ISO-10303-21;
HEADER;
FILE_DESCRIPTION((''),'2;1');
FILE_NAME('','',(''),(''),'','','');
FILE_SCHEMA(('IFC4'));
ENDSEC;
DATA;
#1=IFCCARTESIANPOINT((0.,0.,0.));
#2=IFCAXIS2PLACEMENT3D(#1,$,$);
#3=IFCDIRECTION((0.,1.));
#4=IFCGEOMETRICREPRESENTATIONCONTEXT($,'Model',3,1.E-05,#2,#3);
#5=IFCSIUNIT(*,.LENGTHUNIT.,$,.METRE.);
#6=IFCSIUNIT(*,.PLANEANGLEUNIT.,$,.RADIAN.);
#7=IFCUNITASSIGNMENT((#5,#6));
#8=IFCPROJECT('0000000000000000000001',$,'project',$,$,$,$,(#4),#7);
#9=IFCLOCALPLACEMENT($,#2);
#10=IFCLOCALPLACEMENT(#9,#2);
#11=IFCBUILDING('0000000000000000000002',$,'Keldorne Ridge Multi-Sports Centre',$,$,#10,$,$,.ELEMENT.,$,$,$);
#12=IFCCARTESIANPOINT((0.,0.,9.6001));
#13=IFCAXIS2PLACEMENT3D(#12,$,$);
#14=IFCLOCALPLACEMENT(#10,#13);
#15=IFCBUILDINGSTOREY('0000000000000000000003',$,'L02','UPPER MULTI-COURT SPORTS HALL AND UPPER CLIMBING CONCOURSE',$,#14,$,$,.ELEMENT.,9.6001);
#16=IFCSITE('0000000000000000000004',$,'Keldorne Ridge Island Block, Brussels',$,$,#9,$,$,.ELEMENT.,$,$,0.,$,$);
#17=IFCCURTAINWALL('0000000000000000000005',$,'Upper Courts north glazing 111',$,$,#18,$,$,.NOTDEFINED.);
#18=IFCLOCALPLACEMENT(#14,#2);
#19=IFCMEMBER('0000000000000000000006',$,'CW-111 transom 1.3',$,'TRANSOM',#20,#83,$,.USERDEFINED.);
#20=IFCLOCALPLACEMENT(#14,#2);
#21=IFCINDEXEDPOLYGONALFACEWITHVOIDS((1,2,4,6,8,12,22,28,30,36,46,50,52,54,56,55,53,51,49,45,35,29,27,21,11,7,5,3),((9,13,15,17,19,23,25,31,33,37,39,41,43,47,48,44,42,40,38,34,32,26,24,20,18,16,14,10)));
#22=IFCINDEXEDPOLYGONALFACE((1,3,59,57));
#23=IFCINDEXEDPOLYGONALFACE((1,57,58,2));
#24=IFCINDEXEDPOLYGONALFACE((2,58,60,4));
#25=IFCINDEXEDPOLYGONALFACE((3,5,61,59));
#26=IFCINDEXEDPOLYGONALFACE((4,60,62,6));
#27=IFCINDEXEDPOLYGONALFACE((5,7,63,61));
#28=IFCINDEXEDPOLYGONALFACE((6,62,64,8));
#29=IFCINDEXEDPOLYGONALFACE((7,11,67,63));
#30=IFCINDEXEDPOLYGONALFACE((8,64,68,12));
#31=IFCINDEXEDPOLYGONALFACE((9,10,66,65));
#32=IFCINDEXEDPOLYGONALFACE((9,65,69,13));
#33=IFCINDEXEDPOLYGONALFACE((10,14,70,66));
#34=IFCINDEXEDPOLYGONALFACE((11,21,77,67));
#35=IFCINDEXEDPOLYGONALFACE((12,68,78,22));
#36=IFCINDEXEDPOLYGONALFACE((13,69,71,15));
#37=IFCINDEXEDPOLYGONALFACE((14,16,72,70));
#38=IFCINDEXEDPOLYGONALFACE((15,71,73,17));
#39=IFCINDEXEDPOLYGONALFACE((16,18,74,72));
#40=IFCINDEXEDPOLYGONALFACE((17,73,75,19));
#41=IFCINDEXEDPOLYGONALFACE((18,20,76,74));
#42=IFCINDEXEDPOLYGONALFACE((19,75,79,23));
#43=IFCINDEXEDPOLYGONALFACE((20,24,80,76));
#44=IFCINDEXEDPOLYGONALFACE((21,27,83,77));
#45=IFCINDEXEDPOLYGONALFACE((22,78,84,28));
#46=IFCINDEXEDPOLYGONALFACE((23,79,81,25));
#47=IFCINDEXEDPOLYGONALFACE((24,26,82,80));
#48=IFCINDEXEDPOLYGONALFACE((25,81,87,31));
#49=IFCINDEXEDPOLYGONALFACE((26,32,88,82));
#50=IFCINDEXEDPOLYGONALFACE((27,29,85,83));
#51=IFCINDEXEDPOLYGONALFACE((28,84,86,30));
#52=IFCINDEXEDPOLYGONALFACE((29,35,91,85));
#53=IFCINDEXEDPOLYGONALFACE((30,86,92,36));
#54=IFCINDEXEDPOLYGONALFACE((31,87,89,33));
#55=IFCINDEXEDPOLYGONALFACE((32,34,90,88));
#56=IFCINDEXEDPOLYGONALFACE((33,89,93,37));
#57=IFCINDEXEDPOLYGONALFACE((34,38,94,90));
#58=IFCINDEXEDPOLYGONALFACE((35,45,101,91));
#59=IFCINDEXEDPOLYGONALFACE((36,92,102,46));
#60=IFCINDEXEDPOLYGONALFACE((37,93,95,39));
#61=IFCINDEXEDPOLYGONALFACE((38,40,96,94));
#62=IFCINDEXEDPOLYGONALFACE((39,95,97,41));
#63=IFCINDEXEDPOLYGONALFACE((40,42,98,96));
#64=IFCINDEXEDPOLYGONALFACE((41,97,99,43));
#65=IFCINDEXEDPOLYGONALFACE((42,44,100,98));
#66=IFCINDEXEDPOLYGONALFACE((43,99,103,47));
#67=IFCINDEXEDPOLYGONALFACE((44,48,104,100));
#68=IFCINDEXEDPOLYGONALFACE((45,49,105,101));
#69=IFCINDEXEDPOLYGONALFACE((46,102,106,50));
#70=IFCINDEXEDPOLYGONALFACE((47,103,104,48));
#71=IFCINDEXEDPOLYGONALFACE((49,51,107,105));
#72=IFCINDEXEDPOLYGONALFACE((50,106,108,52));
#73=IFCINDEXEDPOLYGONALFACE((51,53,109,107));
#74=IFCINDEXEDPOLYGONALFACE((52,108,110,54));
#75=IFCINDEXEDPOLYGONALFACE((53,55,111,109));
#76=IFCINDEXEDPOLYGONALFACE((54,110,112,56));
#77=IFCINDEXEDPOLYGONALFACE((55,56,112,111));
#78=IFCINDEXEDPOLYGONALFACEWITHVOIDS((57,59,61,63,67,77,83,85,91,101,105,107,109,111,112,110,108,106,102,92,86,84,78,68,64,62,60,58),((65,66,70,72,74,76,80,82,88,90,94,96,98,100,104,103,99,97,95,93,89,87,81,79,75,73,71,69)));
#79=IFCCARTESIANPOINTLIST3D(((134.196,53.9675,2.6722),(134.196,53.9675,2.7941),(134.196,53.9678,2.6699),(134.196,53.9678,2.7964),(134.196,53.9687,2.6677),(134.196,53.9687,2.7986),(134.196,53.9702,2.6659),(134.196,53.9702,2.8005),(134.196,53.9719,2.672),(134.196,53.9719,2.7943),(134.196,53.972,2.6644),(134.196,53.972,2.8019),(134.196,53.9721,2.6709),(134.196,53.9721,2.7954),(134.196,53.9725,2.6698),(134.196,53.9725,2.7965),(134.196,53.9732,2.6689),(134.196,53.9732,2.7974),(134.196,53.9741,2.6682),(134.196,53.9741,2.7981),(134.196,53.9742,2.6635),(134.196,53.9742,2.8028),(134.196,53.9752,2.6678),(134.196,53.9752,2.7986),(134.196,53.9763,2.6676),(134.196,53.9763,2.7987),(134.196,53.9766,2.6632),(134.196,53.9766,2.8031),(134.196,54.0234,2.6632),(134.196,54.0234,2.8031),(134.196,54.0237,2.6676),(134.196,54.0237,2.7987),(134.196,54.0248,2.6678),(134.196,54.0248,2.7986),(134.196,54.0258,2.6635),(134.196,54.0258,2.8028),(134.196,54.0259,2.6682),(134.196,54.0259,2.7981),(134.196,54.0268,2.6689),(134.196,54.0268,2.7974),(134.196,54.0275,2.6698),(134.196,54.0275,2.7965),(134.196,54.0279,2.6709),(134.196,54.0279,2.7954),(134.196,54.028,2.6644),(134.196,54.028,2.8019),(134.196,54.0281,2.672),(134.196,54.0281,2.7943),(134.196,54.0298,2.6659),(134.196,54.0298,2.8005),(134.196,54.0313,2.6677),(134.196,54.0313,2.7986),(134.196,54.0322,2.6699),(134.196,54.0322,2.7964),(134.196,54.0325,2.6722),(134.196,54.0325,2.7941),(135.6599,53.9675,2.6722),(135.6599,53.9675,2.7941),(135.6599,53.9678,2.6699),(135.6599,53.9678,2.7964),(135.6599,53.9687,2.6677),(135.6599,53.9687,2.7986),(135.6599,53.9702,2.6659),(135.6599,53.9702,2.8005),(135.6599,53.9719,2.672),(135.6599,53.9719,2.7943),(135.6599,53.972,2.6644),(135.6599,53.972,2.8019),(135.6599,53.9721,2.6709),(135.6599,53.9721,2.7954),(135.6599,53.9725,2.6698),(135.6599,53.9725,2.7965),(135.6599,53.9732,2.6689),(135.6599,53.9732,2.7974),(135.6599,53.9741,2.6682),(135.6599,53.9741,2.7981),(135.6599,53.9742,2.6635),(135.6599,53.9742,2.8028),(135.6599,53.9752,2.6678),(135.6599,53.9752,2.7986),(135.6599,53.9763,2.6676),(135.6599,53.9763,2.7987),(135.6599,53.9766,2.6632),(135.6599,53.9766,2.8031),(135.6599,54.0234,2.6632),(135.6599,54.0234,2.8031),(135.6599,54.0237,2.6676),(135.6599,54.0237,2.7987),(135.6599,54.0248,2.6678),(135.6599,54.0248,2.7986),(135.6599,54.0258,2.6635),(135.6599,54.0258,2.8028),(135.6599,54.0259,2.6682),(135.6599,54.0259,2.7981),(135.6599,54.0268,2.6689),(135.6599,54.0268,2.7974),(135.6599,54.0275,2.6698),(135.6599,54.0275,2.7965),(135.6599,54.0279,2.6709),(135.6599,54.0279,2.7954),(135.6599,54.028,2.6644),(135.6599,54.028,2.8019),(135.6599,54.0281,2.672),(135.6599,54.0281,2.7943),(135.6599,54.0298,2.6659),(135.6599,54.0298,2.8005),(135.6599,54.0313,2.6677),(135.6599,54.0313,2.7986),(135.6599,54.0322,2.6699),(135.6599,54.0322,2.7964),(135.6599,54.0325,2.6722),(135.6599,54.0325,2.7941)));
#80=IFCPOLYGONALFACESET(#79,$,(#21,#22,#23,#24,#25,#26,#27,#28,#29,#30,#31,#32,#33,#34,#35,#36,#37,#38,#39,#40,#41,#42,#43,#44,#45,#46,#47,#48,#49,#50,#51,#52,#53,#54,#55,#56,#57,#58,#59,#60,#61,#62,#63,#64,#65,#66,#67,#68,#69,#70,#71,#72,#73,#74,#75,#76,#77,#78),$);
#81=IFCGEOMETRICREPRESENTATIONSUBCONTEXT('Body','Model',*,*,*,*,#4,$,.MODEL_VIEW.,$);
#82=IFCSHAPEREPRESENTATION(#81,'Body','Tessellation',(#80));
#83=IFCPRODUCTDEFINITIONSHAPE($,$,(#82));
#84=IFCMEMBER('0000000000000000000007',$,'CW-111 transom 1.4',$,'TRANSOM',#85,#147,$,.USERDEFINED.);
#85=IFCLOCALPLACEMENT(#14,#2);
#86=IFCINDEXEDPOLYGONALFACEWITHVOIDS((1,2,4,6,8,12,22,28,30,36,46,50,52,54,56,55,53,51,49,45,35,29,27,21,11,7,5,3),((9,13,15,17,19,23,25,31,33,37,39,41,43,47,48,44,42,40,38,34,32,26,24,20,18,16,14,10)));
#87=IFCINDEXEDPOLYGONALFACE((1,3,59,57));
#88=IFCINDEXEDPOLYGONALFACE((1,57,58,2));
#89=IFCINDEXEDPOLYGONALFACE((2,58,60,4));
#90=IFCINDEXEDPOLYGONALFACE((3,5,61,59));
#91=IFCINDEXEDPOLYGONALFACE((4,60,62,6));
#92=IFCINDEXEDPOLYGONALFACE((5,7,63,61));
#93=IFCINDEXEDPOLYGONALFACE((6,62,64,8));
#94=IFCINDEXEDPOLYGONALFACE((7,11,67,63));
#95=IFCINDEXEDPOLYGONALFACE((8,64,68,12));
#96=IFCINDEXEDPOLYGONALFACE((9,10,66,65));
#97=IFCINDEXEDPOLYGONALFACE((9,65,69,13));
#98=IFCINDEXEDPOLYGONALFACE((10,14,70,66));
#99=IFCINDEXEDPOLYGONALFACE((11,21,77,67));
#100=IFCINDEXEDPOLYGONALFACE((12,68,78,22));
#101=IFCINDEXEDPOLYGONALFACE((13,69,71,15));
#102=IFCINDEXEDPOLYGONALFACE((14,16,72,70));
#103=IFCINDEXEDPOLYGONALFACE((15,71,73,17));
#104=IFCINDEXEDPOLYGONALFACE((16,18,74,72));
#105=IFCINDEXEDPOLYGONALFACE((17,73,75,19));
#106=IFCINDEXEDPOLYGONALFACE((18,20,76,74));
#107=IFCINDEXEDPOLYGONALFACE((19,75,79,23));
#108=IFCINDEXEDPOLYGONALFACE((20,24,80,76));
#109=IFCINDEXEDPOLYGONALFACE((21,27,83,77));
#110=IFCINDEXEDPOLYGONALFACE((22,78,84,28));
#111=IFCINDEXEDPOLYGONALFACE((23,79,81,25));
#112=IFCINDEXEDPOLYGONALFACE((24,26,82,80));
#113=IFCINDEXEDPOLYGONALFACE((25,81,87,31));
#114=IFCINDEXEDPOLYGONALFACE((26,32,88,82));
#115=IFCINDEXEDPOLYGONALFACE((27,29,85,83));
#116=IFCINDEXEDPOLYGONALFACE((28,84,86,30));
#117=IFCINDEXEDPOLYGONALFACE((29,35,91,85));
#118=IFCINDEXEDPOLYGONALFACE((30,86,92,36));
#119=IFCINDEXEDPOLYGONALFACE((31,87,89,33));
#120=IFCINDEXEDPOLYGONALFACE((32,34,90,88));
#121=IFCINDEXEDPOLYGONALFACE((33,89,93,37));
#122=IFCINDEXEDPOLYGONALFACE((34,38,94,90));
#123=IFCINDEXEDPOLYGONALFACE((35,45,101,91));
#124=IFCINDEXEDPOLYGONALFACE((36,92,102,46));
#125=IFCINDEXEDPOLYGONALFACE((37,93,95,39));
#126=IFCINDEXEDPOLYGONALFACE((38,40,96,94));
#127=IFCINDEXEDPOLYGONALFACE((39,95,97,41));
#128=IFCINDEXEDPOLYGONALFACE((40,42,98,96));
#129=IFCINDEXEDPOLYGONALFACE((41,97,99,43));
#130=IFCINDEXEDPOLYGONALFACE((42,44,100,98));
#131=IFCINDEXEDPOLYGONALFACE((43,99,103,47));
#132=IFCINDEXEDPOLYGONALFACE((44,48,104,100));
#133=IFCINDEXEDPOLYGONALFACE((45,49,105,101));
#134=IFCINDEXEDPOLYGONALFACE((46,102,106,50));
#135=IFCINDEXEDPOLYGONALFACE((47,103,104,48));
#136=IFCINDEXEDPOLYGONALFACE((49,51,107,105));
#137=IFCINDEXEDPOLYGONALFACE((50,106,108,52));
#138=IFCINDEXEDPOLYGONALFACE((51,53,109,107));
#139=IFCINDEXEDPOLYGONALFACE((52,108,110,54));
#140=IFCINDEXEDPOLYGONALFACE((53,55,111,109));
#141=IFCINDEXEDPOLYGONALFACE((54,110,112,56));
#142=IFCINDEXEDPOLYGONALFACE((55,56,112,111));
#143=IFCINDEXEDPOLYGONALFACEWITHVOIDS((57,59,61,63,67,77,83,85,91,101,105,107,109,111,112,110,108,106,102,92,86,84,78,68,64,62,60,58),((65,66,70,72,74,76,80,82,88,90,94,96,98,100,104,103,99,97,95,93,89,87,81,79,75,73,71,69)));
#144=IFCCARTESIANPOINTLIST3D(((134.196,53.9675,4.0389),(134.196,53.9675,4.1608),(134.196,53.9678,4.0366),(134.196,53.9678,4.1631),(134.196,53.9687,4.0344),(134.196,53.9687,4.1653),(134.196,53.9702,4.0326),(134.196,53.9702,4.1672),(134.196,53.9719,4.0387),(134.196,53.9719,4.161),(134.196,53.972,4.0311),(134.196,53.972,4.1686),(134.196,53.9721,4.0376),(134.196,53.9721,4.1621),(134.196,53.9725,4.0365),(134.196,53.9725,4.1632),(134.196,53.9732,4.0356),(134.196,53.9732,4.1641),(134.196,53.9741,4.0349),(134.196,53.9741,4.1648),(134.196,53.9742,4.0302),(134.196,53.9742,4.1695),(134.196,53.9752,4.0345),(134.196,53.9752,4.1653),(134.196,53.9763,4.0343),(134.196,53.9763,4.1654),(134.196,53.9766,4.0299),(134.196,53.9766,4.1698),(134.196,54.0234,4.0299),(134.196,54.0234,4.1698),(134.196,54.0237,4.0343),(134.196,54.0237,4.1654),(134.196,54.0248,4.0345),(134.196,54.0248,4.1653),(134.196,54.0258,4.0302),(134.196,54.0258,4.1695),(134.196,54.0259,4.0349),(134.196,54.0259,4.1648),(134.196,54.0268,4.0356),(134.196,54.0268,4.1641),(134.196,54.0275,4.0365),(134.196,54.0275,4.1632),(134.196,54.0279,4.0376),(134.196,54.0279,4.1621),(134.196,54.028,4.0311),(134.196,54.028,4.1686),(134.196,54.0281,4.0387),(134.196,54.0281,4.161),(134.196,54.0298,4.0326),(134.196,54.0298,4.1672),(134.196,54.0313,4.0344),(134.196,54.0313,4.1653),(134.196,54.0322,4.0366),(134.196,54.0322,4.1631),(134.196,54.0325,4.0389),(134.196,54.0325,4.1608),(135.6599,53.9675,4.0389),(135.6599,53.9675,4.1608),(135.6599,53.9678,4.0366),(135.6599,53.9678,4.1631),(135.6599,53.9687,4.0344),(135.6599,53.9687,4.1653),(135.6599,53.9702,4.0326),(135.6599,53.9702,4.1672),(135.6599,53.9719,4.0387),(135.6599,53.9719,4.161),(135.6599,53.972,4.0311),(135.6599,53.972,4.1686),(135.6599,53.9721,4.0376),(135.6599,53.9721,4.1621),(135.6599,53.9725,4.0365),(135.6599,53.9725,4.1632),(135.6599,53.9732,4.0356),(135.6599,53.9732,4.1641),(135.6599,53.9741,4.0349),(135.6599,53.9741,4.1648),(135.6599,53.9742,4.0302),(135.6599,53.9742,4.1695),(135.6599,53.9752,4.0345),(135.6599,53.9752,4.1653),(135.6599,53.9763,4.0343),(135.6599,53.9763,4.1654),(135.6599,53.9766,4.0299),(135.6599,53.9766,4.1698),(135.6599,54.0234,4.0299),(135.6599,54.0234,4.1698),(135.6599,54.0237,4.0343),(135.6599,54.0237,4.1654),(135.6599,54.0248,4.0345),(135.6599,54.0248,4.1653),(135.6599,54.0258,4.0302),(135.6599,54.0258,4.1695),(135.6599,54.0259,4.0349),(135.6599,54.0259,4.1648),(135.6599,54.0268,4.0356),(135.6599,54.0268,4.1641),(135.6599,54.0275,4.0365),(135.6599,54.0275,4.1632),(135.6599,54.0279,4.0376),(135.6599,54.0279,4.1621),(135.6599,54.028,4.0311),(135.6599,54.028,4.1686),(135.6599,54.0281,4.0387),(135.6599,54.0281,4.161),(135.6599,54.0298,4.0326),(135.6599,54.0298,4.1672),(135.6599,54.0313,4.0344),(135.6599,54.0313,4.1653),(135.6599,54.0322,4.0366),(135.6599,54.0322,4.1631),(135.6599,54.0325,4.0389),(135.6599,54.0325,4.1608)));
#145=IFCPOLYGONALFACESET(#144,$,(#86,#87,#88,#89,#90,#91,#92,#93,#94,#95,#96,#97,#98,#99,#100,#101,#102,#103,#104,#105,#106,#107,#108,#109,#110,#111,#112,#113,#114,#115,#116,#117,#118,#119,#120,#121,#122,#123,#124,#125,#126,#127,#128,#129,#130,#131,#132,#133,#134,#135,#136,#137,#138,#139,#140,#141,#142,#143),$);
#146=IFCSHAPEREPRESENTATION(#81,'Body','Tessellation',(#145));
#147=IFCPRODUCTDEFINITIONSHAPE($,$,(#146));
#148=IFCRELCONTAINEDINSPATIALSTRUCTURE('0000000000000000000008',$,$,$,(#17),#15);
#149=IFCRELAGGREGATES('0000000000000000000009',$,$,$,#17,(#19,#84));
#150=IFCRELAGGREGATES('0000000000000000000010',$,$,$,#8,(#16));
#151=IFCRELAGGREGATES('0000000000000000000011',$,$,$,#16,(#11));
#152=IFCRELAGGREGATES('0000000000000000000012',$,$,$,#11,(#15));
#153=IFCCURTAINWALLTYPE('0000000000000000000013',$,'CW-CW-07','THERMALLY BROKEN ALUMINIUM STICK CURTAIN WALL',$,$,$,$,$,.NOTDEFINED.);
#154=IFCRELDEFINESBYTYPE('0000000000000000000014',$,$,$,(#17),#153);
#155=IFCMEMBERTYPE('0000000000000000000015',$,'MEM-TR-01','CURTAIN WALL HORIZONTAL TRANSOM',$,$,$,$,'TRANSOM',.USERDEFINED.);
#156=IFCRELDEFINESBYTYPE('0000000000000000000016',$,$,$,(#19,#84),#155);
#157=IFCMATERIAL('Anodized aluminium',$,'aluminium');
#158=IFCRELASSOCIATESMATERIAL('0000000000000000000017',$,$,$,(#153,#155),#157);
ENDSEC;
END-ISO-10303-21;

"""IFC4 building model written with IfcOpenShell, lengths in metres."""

from ifc_helpers import new_model, si_unit, direction, frame, origin, origin_2d, place, context, subcontext, project, spatial, hollow_rectangle, extrude, material, material_profile, profile_set, type_object, element, aggregate, save


model = new_model("IFC4")

# Units and contexts
model_context = context("Model", 3, precision=1e-05, world=origin(), true_north=direction((0.0, 1.0)))
body_context = subcontext(model_context, "Body", "Model", "MODEL_VIEW")
ifc_project = project(units=[si_unit("LENGTHUNIT", "METRE"), si_unit("PLANEANGLEUNIT", "RADIAN")], contexts=[model_context])

# Site, building, storey
site_placement = place(None, origin())
site = spatial("IfcSite", under=ifc_project, at=site_placement, Name="Keldorne Ridge Island Block, Brussels", CompositionType="ELEMENT", RefElevation=0.0)
building_placement = place(site_placement, origin())
building = spatial("IfcBuilding", under=site, at=building_placement, Name="Keldorne Ridge Multi-Sports Centre", CompositionType="ELEMENT")
storey_placement = place(building_placement, frame((0.0, 0.0, 9.6001)))
storey = spatial("IfcBuildingStorey", under=building, at=storey_placement, Name="L02", Description="UPPER MULTI-COURT SPORTS HALL AND UPPER CLIMBING CONCOURSE", CompositionType="ELEMENT", Elevation=9.6001)

# Curtain wall, members
ifc_material_1 = material(Name="Anodized aluminium", Category="aluminium")
curtain_wall_type_1 = type_object("IfcCurtainWallType", Name="CW-CW-07", Description="THERMALLY BROKEN ALUMINIUM STICK CURTAIN WALL", PredefinedType="NOTDEFINED", material=ifc_material_1)
curtain_wall_1_placement = place(storey_placement, origin())
curtain_wall_1 = element("IfcCurtainWall", 1, at=curtain_wall_1_placement, inside=storey, type_object=curtain_wall_type_1, Name="Upper Courts north glazing 111", PredefinedType="NOTDEFINED")
ifc_material_profile_1 = material_profile(ifc_material_1, hollow_rectangle(XDim=0.0649, YDim=0.1399, WallThickness=0.0044, InnerFilletRadius=0.0044, OuterFilletRadius=0.009, at=origin_2d()), Name="ALU TRANSOM 140x65x4.5")
ifc_profile_set_1 = profile_set([ifc_material_profile_1], Name="Anodized aluminium")
member_type_1 = type_object("IfcMemberType", Name="MEM-TR-01", Description="CURTAIN WALL HORIZONTAL TRANSOM", ElementType="TRANSOM", PredefinedType="USERDEFINED", material=ifc_profile_set_1)
member_1_placement = place(storey_placement, frame((135.6599, 54.0, 2.7332), z_axis=(-1.0, 0.0, 0.0), x_axis=(0.0, -1.0, 0.0)))
member_1 = element("IfcMember", 2, at=member_1_placement, type_object=member_type_1, Name="CW-111 transom 1.3", ObjectType="TRANSOM", PredefinedType="USERDEFINED", context=body_context, shape_type="SweptSolid", body=[
    extrude(hollow_rectangle(XDim=0.0649, YDim=0.1399, WallThickness=0.0044, InnerFilletRadius=0.0044, OuterFilletRadius=0.009, at=origin_2d()), origin(), (0.0, 0.0, 1.0), 1.4639),
])
member_2_placement = place(storey_placement, frame((135.6599, 54.0, 4.0999), z_axis=(-1.0, 0.0, 0.0), x_axis=(0.0, -1.0, 0.0)))
member_2 = element("IfcMember", 3, at=member_2_placement, type_object=member_type_1, Name="CW-111 transom 1.4", ObjectType="TRANSOM", PredefinedType="USERDEFINED", context=body_context, shape_type="SweptSolid", body=[
    extrude(hollow_rectangle(XDim=0.0649, YDim=0.1399, WallThickness=0.0044, InnerFilletRadius=0.0044, OuterFilletRadius=0.009, at=origin_2d()), origin(), (0.0, 0.0, 1.0), 1.4639),
])
aggregate(curtain_wall_1, [member_1, member_2])

save(model, "model.ifc")
